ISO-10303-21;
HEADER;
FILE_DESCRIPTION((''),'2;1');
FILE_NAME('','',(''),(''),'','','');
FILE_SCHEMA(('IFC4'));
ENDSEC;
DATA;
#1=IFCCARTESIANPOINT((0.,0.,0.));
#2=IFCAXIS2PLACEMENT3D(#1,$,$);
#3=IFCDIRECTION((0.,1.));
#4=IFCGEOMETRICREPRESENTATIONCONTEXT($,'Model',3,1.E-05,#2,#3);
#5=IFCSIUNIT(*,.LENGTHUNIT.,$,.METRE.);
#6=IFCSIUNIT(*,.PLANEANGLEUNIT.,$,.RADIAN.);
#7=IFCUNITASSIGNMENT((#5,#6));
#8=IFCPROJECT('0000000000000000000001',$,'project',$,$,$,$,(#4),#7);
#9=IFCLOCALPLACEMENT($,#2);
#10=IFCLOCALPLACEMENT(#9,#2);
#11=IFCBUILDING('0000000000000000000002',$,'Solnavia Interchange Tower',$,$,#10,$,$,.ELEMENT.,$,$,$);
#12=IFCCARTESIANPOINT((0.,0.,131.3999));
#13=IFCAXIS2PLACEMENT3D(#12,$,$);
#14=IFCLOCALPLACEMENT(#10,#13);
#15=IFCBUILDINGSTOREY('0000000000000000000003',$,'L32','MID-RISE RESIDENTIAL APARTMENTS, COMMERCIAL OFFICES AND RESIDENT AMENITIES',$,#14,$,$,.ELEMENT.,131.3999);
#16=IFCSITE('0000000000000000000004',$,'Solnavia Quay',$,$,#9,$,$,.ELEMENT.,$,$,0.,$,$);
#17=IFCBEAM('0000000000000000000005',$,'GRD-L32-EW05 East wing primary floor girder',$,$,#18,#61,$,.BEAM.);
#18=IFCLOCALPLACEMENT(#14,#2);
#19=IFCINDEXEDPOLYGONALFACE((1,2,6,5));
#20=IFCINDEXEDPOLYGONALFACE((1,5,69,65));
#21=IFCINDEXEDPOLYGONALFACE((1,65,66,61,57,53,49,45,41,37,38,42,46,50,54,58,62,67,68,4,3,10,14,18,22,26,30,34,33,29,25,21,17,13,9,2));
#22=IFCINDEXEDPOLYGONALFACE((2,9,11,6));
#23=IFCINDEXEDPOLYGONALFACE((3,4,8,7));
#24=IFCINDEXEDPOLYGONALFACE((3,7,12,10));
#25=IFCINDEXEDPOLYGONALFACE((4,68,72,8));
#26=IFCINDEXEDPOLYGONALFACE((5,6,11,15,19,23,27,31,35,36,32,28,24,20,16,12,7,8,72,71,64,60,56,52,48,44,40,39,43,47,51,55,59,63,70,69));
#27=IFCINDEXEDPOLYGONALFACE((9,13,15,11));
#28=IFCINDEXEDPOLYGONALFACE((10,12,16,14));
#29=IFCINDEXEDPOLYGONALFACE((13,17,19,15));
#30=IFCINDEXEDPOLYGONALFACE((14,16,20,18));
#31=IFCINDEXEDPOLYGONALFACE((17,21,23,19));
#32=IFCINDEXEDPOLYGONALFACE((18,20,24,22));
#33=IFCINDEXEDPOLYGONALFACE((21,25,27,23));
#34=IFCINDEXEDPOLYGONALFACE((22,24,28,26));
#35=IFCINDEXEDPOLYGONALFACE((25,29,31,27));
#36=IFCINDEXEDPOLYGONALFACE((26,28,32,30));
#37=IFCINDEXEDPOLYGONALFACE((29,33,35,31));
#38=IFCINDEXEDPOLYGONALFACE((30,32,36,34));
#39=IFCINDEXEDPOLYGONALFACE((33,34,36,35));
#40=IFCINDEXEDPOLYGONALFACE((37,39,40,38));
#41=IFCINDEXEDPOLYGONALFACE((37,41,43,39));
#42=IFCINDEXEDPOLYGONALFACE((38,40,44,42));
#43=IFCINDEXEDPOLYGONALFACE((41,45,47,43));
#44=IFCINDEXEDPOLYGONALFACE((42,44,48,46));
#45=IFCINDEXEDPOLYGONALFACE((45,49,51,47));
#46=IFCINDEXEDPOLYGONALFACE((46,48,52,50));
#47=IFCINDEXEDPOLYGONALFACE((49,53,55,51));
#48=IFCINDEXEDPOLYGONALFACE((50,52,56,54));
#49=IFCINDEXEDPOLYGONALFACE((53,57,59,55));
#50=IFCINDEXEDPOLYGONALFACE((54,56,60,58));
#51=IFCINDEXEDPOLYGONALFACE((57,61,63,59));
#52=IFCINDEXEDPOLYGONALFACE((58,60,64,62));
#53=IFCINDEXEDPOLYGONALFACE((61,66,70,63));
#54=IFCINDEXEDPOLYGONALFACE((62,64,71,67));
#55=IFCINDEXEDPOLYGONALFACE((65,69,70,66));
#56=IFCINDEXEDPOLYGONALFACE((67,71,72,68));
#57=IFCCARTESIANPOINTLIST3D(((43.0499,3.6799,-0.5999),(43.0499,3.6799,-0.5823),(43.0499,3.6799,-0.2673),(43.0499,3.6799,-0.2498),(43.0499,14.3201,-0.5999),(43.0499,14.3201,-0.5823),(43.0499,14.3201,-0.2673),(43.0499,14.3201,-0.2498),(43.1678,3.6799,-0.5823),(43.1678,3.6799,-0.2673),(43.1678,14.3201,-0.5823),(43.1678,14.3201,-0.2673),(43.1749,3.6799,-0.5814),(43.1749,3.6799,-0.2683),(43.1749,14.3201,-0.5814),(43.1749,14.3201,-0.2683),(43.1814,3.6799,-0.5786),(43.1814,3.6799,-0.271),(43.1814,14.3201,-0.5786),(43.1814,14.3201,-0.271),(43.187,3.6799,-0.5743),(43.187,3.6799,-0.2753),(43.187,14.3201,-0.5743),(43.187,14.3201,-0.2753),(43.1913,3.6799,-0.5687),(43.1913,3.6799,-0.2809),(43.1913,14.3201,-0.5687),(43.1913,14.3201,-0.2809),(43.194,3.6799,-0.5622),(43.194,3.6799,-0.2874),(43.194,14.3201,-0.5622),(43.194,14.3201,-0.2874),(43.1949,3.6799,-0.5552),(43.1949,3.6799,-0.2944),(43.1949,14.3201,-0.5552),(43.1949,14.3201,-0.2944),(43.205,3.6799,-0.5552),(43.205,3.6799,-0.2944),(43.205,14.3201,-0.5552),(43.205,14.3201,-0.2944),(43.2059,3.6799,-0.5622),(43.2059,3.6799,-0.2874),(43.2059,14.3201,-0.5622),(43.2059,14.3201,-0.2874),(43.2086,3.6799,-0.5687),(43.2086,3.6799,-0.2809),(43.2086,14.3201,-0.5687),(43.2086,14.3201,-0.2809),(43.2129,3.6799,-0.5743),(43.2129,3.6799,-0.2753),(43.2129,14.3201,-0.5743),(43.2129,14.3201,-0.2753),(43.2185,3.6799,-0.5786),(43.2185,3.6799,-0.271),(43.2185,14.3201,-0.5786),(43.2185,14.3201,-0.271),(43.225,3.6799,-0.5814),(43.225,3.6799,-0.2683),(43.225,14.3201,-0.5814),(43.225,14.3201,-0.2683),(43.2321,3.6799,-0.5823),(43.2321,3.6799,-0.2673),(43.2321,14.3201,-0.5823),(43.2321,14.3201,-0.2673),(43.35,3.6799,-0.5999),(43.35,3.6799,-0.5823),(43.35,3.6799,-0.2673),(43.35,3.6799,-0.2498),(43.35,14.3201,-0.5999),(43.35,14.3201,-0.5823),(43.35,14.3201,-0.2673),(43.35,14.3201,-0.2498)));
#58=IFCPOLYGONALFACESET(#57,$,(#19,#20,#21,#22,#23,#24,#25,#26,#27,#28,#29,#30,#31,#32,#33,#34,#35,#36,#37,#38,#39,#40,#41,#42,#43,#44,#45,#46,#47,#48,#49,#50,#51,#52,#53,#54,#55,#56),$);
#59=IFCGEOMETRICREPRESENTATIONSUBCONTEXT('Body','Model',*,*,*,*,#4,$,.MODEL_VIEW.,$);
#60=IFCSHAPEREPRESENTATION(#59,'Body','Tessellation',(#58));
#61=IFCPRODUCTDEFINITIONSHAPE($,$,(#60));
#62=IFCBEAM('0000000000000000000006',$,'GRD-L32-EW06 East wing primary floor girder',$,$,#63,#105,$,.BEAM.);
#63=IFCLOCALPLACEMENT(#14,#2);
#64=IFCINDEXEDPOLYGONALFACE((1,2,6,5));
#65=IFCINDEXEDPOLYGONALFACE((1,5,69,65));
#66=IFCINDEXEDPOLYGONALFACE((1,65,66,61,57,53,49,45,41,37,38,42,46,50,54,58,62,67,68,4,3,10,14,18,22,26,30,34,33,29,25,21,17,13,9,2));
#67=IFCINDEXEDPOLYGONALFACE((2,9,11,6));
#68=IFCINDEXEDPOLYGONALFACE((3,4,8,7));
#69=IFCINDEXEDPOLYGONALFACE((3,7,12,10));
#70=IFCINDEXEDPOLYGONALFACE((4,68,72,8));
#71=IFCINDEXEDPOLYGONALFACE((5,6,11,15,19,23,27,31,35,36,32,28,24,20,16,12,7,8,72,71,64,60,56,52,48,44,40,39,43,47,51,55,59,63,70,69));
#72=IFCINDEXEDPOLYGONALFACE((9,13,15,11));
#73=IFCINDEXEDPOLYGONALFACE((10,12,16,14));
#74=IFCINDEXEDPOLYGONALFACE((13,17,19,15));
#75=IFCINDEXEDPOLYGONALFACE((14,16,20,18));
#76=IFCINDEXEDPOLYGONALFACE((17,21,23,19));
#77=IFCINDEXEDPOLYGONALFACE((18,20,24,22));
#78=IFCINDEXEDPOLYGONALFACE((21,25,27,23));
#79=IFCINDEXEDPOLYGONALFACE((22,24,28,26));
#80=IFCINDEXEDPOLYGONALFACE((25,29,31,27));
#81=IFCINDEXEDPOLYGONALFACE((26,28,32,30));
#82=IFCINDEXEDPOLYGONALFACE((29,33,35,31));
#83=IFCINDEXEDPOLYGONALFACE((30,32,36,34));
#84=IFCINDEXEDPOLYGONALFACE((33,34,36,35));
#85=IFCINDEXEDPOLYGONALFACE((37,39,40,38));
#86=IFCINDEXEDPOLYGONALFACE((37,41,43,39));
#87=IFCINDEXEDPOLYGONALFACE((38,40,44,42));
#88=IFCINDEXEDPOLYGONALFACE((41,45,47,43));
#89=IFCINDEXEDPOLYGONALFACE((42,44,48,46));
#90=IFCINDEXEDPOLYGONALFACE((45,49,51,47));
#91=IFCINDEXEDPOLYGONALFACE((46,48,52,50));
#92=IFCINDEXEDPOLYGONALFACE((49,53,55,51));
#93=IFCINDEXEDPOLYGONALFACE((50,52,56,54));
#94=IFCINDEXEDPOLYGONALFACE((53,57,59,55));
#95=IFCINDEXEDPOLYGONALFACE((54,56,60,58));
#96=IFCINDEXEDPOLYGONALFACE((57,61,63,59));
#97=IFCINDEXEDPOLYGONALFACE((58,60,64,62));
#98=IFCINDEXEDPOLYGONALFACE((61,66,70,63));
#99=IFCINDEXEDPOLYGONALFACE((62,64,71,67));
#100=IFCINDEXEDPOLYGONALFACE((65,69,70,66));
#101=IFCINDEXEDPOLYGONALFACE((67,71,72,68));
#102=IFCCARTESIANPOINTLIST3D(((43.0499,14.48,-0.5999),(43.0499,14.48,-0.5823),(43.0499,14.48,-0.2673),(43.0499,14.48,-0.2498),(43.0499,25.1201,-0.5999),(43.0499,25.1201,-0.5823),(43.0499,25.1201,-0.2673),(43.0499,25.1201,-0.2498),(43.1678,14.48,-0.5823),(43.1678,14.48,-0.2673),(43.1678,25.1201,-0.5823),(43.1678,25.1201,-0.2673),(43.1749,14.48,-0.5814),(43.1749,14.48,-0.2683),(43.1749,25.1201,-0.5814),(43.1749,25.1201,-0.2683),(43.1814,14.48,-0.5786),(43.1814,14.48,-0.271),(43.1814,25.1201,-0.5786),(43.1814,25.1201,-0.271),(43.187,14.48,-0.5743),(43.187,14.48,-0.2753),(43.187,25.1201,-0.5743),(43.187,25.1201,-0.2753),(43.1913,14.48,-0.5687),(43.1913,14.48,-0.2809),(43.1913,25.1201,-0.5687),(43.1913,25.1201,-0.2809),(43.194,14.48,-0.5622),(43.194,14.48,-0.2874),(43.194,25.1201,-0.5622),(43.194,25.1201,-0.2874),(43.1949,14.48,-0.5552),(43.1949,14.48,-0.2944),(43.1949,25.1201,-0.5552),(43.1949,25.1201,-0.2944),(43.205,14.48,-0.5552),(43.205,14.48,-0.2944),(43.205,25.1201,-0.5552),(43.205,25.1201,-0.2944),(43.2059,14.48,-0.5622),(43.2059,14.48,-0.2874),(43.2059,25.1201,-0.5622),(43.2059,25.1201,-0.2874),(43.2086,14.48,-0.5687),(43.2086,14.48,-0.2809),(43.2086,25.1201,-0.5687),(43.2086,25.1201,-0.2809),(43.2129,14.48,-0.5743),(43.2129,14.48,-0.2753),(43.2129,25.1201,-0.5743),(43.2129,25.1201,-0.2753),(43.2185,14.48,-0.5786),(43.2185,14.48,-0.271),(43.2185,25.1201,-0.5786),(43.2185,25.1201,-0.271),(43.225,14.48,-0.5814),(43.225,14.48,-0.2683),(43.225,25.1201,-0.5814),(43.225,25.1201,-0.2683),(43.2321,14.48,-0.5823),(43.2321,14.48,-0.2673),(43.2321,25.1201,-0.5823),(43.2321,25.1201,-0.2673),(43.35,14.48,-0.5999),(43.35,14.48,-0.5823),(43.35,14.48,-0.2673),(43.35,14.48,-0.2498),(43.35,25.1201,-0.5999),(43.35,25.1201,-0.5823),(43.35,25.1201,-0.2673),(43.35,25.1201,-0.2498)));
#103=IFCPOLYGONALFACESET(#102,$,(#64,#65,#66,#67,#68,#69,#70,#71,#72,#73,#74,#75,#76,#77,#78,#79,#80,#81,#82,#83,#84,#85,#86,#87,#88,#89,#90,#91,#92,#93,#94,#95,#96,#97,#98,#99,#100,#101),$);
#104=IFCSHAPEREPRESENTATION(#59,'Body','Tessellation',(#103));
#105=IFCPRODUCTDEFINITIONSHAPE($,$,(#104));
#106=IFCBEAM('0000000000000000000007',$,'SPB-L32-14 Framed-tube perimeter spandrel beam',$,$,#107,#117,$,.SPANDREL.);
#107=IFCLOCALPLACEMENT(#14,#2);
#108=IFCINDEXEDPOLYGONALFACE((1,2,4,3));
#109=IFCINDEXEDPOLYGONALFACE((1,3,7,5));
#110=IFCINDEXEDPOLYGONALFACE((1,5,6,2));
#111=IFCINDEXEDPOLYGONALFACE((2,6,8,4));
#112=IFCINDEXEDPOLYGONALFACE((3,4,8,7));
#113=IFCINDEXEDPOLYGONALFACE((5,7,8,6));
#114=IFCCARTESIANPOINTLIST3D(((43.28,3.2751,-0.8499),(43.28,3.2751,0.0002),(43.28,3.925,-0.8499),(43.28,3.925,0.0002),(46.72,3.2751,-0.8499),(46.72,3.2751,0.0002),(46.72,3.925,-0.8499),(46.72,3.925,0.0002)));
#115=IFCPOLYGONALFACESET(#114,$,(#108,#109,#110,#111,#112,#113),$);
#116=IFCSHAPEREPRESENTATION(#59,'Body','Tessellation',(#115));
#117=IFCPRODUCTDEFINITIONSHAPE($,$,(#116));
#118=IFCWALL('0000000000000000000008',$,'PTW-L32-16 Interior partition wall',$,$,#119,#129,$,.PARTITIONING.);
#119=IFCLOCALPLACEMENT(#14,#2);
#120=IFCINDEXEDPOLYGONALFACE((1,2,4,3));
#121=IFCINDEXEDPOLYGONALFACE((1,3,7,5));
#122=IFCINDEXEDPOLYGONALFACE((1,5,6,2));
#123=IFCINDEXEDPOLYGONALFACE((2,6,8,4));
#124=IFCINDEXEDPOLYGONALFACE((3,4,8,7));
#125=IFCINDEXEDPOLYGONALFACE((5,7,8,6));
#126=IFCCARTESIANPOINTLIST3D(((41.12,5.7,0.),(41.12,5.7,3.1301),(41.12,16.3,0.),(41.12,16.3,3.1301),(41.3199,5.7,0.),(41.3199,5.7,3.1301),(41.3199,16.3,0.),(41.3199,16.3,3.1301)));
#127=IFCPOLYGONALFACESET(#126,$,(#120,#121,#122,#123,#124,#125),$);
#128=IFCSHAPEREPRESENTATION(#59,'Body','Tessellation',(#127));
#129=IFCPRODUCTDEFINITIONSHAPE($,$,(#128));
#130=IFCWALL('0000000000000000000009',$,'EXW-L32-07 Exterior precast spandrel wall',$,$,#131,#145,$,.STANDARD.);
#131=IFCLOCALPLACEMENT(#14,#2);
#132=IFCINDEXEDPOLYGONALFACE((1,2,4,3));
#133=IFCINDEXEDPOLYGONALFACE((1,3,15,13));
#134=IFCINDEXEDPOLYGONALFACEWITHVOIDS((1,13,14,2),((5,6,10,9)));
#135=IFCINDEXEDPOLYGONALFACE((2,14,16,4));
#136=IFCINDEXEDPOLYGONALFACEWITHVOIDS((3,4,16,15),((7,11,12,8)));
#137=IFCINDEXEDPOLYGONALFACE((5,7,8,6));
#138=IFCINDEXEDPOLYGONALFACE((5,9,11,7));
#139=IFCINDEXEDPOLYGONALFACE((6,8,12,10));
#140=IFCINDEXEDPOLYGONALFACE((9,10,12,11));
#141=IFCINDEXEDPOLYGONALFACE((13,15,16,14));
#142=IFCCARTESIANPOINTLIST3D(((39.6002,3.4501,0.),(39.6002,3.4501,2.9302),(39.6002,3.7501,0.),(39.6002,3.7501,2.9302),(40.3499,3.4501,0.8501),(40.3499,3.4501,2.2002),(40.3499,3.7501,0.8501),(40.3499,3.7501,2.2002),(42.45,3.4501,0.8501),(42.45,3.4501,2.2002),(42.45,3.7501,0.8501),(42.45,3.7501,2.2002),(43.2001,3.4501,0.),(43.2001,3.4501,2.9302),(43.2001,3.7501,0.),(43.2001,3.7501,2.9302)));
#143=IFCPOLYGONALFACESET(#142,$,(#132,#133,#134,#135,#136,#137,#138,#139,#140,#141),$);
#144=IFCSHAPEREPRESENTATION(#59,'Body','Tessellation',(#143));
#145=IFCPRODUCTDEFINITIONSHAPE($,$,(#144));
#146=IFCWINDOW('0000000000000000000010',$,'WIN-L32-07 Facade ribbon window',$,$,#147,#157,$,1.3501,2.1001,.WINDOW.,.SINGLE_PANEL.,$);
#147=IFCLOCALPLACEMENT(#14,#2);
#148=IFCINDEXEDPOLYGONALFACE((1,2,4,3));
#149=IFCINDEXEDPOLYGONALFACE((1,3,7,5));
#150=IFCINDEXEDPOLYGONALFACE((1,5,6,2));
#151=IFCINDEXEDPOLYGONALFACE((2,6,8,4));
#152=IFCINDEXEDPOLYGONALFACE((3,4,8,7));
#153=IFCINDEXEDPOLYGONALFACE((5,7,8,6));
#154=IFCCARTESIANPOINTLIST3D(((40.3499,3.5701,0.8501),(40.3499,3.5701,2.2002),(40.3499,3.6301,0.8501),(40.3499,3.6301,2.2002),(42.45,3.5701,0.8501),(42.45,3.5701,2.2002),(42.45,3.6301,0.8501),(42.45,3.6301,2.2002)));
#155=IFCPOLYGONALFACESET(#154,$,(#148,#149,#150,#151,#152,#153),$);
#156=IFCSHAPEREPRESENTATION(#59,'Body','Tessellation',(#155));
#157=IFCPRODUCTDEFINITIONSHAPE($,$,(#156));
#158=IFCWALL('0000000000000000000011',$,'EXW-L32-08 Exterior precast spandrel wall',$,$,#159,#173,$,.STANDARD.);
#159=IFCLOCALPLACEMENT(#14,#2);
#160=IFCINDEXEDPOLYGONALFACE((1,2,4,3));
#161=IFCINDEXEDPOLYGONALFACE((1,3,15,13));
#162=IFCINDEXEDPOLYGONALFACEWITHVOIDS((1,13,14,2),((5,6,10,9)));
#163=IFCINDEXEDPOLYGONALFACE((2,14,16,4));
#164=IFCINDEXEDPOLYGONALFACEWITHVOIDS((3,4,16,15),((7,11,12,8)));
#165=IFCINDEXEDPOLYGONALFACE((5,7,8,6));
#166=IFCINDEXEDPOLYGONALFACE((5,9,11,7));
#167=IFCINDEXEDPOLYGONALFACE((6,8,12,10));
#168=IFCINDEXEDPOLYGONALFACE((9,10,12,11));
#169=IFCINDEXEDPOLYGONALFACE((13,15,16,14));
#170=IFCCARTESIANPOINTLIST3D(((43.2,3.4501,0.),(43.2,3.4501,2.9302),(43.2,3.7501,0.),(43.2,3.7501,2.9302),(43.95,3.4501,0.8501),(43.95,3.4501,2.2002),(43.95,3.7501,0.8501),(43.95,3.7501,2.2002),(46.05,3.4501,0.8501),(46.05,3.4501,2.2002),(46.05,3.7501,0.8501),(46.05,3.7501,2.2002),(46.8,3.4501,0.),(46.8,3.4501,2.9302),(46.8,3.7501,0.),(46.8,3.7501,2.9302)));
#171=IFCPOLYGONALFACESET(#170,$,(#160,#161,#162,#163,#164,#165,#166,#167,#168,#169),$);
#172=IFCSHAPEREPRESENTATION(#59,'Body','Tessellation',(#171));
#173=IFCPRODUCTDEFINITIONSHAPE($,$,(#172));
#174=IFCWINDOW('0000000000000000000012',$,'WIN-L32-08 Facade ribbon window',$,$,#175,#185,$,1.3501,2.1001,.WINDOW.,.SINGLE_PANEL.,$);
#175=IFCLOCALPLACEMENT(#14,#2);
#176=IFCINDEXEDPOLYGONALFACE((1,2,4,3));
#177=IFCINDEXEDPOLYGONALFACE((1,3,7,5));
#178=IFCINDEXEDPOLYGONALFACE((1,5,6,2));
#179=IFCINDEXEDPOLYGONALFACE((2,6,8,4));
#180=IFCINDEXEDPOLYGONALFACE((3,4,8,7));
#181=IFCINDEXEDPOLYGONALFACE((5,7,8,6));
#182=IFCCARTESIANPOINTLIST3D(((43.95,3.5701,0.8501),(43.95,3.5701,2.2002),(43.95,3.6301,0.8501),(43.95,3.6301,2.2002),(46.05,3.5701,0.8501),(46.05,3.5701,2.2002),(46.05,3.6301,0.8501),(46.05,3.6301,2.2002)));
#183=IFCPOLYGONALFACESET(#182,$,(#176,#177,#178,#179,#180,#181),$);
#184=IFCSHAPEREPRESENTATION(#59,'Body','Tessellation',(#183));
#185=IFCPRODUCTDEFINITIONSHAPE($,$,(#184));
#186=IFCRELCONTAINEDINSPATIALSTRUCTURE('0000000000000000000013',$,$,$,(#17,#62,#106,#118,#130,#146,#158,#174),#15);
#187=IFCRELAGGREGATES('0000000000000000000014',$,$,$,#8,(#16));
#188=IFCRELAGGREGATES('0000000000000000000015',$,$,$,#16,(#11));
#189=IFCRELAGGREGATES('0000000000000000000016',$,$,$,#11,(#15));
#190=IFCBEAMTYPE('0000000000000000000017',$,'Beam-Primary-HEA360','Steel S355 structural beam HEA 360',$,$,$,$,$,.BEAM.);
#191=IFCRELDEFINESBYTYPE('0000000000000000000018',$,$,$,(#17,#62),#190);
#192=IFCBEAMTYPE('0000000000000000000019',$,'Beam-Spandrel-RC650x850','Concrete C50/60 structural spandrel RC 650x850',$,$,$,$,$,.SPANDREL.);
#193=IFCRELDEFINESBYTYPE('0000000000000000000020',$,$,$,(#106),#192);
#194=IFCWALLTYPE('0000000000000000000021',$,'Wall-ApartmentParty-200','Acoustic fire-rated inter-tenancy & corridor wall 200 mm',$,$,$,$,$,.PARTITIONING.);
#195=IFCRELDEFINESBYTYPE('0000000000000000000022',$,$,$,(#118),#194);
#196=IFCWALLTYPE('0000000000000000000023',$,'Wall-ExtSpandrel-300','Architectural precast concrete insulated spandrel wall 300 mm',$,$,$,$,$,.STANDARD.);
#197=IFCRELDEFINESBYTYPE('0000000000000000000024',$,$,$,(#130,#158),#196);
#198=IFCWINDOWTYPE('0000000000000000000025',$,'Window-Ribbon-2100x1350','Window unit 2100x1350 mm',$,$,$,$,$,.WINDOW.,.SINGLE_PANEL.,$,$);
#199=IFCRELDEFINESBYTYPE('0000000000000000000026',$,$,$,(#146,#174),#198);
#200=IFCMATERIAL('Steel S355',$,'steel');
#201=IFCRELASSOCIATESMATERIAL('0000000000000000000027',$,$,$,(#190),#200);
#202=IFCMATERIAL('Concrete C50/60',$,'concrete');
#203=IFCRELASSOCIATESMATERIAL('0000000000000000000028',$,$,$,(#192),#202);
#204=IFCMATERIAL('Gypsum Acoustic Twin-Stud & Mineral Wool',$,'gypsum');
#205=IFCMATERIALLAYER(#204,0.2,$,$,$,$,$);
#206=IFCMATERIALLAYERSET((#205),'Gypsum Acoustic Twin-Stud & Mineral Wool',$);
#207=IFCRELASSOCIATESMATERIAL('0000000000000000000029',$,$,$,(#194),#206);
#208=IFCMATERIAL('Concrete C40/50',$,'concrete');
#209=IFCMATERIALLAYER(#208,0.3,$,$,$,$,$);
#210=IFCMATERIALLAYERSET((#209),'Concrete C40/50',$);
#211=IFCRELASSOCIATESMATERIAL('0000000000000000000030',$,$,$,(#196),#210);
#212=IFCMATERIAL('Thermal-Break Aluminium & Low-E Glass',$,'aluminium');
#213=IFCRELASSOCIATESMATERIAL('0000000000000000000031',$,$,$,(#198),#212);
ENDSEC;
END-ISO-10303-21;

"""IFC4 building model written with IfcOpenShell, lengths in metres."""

from ifc_helpers import new_model, si_unit, direction, frame, frame_2d, origin, origin_2d, place, context, subcontext, project, spatial, rectangle, i_section, extrude, material, layer, layer_set, material_profile, profile_set, type_object, element, fill, save


model = new_model("IFC4")

# Units and contexts
model_context = context("Model", 3, precision=1e-05, world=origin(), true_north=direction((0.0, 1.0)))
body_context = subcontext(model_context, "Body", "Model", "MODEL_VIEW")
ifc_project = project(units=[si_unit("LENGTHUNIT", "METRE"), si_unit("PLANEANGLEUNIT", "RADIAN")], contexts=[model_context])

# Site, building, storey
site_placement = place(None, origin())
site = spatial("IfcSite", under=ifc_project, at=site_placement, Name="Solnavia Quay", CompositionType="ELEMENT", RefElevation=0.0)
building_placement = place(site_placement, origin())
building = spatial("IfcBuilding", under=site, at=building_placement, Name="Solnavia Interchange Tower", CompositionType="ELEMENT")
storey_placement = place(building_placement, frame((0.0, 0.0, 131.3999)))
storey = spatial("IfcBuildingStorey", under=building, at=storey_placement, Name="L32", Description="MID-RISE RESIDENTIAL APARTMENTS, COMMERCIAL OFFICES AND RESIDENT AMENITIES", CompositionType="ELEMENT", Elevation=131.3999)

# Shared definitions
ifc_material_1 = material(Name="Concrete C50/60", Category="concrete")
ifc_material_2 = material(Name="Steel S355", Category="steel")

# Beams
ifc_material_profile_1 = material_profile(ifc_material_2, i_section(OverallWidth=0.3, OverallDepth=0.3501, WebThickness=0.01, FlangeThickness=0.0176, FilletRadius=0.0271, at=origin_2d()), Name="HEA 360")
ifc_profile_set_1 = profile_set([ifc_material_profile_1], Name="Steel S355")
beam_type_1 = type_object("IfcBeamType", Name="Beam-Primary-HEA360", Description="Steel S355 structural beam HEA 360", PredefinedType="BEAM", material=ifc_profile_set_1)
for number, where, z_axis, x_axis, name in (
    (1, (43.2, 3.6799, -0.4248), (0.0, 1.0, 0.0), (-1.0, 0.0, 0.0), "GRD-L32-EW05 East wing primary floor girder"),
    (2, (43.2, 14.48, -0.4248), (0.0, 1.0, 0.0), (-1.0, 0.0, 0.0), "GRD-L32-EW06 East wing primary floor girder"),
):
    element("IfcBeam", number, at=place(storey_placement, frame(where, z_axis=z_axis, x_axis=x_axis)), inside=storey, type_object=beam_type_1, Name=name, PredefinedType="BEAM", context=body_context, shape_type="SweptSolid", body=[
        extrude(i_section(OverallWidth=0.3, OverallDepth=0.3501, WebThickness=0.01, FlangeThickness=0.0176, FilletRadius=0.0271, at=origin_2d()), origin(), (0.0, 0.0, 1.0), 10.6401),
    ])
ifc_material_profile_2 = material_profile(ifc_material_1, rectangle(XDim=0.6499, YDim=0.8501, at=origin_2d()), Name="RC 650x850")
ifc_profile_set_2 = profile_set([ifc_material_profile_2], Name="Concrete C50/60")
beam_type_2 = type_object("IfcBeamType", Name="Beam-Spandrel-RC650x850", Description="Concrete C50/60 structural spandrel RC 650x850", PredefinedType="SPANDREL", material=ifc_profile_set_2)
beam_1_placement = place(storey_placement, frame((43.28, 3.6001, -0.4248), z_axis=(1.0, 0.0, 0.0), x_axis=(0.0, 1.0, 0.0)))
element("IfcBeam", 3, at=beam_1_placement, inside=storey, type_object=beam_type_2, Name="SPB-L32-14 Framed-tube perimeter spandrel beam", PredefinedType="SPANDREL", context=body_context, shape_type="SweptSolid", body=[
    extrude(rectangle(XDim=0.6499, YDim=0.8501, at=origin_2d()), origin(), (0.0, 0.0, 1.0), 3.4399),
])

# Wall
ifc_material_3 = material(Name="Gypsum Acoustic Twin-Stud & Mineral Wool", Category="gypsum")
ifc_layer_1 = layer(ifc_material_3, 0.2)
ifc_layer_set_1 = layer_set([ifc_layer_1], Name="Gypsum Acoustic Twin-Stud & Mineral Wool")
wall_type_1 = type_object("IfcWallType", Name="Wall-ApartmentParty-200", Description="Acoustic fire-rated inter-tenancy & corridor wall 200 mm", PredefinedType="PARTITIONING", material=ifc_layer_set_1)
wall_1_placement = place(storey_placement, frame((41.22, 5.7, 0.0), z_axis=(0.0, 0.0, 1.0), x_axis=(0.0, 1.0, 0.0)))
element("IfcWall", 4, at=wall_1_placement, inside=storey, type_object=wall_type_1, Name="PTW-L32-16 Interior partition wall", PredefinedType="PARTITIONING", context=body_context, shape_type="SweptSolid", body=[
    extrude(rectangle(XDim=10.6001, YDim=0.2, at=frame_2d((5.3, 0.0))), origin(), (0.0, 0.0, 1.0), 3.1301),
])

# Walls, openings, windows
ifc_material_4 = material(Name="Concrete C40/50", Category="concrete")
ifc_layer_2 = layer(ifc_material_4, 0.3)
ifc_layer_set_2 = layer_set([ifc_layer_2], Name="Concrete C40/50")
wall_type_2 = type_object("IfcWallType", Name="Wall-ExtSpandrel-300", Description="Architectural precast concrete insulated spandrel wall 300 mm", PredefinedType="STANDARD", material=ifc_layer_set_2)
wall_2_placement = place(storey_placement, frame((43.2, 3.6001, 0.0), z_axis=(0.0, 0.0, 1.0), x_axis=(-1.0, 0.0, 0.0)))
wall_2 = element("IfcWall", 5, at=wall_2_placement, inside=storey, type_object=wall_type_2, Name="EXW-L32-07 Exterior precast spandrel wall", PredefinedType="STANDARD", context=body_context, shape_type="SweptSolid", body=[
    extrude(rectangle(XDim=3.5999, YDim=0.3, at=frame_2d((1.7998, 0.0))), origin(), (0.0, 0.0, 1.0), 2.9302),
])
opening_1_placement = place(wall_2_placement, frame((0.75, 0.0, 0.8501)))
opening_1 = element("IfcOpeningElement", 6, at=opening_1_placement, cuts=wall_2, PredefinedType="OPENING", context=body_context, shape_type="SweptSolid", body=[
    extrude(rectangle(XDim=2.1001, YDim=1.3501, at=frame_2d((1.05, 0.675))), frame((0.0, 0.1602, 0.0), z_axis=(0.0, -1.0, 0.0), x_axis=(1.0, 0.0, 0.0)), (0.0, 0.0, 1.0), 0.3201),
])
ifc_material_5 = material(Name="Thermal-Break Aluminium & Low-E Glass", Category="aluminium")
window_type = type_object("IfcWindowType", Name="Window-Ribbon-2100x1350", Description="Window unit 2100x1350 mm", PartitioningType="SINGLE_PANEL", PredefinedType="WINDOW", material=ifc_material_5)
window_1_placement = place(opening_1_placement, origin())
window_1 = element("IfcWindow", 7, at=window_1_placement, inside=storey, type_object=window_type, Name="WIN-L32-07 Facade ribbon window", OverallHeight=1.3501, OverallWidth=2.1001, PartitioningType="SINGLE_PANEL", PredefinedType="WINDOW", context=body_context, shape_type="SweptSolid", body=[
    extrude(rectangle(XDim=2.1001, YDim=1.3501, at=frame_2d((1.05, 0.675))), frame((0.0, 0.03, 0.0), z_axis=(0.0, -1.0, 0.0), x_axis=(1.0, 0.0, 0.0)), (0.0, 0.0, 1.0), 0.0601),
])
fill(opening_1, window_1)
wall_3_placement = place(storey_placement, frame((46.8, 3.6001, 0.0), z_axis=(0.0, 0.0, 1.0), x_axis=(-1.0, 0.0, 0.0)))
wall_3 = element("IfcWall", 8, at=wall_3_placement, inside=storey, type_object=wall_type_2, Name="EXW-L32-08 Exterior precast spandrel wall", PredefinedType="STANDARD", context=body_context, shape_type="SweptSolid", body=[
    extrude(rectangle(XDim=3.6001, YDim=0.3, at=frame_2d((1.8, 0.0))), origin(), (0.0, 0.0, 1.0), 2.9302),
])
opening_2_placement = place(wall_3_placement, frame((0.75, 0.0, 0.8501)))
opening_2 = element("IfcOpeningElement", 9, at=opening_2_placement, cuts=wall_3, PredefinedType="OPENING", context=body_context, shape_type="SweptSolid", body=[
    extrude(rectangle(XDim=2.1001, YDim=1.3501, at=frame_2d((1.05, 0.675))), frame((0.0, 0.1602, 0.0), z_axis=(0.0, -1.0, 0.0), x_axis=(1.0, 0.0, 0.0)), (0.0, 0.0, 1.0), 0.3201),
])
window_2_placement = place(opening_2_placement, origin())
window_2 = element("IfcWindow", 10, at=window_2_placement, inside=storey, type_object=window_type, Name="WIN-L32-08 Facade ribbon window", OverallHeight=1.3501, OverallWidth=2.1001, PartitioningType="SINGLE_PANEL", PredefinedType="WINDOW", context=body_context, shape_type="SweptSolid", body=[
    extrude(rectangle(XDim=2.1001, YDim=1.3501, at=frame_2d((1.05, 0.675))), frame((0.0, 0.03, 0.0), z_axis=(0.0, -1.0, 0.0), x_axis=(1.0, 0.0, 0.0)), (0.0, 0.0, 1.0), 0.0601),
])
fill(opening_2, window_2)

save(model, "model.ifc")
